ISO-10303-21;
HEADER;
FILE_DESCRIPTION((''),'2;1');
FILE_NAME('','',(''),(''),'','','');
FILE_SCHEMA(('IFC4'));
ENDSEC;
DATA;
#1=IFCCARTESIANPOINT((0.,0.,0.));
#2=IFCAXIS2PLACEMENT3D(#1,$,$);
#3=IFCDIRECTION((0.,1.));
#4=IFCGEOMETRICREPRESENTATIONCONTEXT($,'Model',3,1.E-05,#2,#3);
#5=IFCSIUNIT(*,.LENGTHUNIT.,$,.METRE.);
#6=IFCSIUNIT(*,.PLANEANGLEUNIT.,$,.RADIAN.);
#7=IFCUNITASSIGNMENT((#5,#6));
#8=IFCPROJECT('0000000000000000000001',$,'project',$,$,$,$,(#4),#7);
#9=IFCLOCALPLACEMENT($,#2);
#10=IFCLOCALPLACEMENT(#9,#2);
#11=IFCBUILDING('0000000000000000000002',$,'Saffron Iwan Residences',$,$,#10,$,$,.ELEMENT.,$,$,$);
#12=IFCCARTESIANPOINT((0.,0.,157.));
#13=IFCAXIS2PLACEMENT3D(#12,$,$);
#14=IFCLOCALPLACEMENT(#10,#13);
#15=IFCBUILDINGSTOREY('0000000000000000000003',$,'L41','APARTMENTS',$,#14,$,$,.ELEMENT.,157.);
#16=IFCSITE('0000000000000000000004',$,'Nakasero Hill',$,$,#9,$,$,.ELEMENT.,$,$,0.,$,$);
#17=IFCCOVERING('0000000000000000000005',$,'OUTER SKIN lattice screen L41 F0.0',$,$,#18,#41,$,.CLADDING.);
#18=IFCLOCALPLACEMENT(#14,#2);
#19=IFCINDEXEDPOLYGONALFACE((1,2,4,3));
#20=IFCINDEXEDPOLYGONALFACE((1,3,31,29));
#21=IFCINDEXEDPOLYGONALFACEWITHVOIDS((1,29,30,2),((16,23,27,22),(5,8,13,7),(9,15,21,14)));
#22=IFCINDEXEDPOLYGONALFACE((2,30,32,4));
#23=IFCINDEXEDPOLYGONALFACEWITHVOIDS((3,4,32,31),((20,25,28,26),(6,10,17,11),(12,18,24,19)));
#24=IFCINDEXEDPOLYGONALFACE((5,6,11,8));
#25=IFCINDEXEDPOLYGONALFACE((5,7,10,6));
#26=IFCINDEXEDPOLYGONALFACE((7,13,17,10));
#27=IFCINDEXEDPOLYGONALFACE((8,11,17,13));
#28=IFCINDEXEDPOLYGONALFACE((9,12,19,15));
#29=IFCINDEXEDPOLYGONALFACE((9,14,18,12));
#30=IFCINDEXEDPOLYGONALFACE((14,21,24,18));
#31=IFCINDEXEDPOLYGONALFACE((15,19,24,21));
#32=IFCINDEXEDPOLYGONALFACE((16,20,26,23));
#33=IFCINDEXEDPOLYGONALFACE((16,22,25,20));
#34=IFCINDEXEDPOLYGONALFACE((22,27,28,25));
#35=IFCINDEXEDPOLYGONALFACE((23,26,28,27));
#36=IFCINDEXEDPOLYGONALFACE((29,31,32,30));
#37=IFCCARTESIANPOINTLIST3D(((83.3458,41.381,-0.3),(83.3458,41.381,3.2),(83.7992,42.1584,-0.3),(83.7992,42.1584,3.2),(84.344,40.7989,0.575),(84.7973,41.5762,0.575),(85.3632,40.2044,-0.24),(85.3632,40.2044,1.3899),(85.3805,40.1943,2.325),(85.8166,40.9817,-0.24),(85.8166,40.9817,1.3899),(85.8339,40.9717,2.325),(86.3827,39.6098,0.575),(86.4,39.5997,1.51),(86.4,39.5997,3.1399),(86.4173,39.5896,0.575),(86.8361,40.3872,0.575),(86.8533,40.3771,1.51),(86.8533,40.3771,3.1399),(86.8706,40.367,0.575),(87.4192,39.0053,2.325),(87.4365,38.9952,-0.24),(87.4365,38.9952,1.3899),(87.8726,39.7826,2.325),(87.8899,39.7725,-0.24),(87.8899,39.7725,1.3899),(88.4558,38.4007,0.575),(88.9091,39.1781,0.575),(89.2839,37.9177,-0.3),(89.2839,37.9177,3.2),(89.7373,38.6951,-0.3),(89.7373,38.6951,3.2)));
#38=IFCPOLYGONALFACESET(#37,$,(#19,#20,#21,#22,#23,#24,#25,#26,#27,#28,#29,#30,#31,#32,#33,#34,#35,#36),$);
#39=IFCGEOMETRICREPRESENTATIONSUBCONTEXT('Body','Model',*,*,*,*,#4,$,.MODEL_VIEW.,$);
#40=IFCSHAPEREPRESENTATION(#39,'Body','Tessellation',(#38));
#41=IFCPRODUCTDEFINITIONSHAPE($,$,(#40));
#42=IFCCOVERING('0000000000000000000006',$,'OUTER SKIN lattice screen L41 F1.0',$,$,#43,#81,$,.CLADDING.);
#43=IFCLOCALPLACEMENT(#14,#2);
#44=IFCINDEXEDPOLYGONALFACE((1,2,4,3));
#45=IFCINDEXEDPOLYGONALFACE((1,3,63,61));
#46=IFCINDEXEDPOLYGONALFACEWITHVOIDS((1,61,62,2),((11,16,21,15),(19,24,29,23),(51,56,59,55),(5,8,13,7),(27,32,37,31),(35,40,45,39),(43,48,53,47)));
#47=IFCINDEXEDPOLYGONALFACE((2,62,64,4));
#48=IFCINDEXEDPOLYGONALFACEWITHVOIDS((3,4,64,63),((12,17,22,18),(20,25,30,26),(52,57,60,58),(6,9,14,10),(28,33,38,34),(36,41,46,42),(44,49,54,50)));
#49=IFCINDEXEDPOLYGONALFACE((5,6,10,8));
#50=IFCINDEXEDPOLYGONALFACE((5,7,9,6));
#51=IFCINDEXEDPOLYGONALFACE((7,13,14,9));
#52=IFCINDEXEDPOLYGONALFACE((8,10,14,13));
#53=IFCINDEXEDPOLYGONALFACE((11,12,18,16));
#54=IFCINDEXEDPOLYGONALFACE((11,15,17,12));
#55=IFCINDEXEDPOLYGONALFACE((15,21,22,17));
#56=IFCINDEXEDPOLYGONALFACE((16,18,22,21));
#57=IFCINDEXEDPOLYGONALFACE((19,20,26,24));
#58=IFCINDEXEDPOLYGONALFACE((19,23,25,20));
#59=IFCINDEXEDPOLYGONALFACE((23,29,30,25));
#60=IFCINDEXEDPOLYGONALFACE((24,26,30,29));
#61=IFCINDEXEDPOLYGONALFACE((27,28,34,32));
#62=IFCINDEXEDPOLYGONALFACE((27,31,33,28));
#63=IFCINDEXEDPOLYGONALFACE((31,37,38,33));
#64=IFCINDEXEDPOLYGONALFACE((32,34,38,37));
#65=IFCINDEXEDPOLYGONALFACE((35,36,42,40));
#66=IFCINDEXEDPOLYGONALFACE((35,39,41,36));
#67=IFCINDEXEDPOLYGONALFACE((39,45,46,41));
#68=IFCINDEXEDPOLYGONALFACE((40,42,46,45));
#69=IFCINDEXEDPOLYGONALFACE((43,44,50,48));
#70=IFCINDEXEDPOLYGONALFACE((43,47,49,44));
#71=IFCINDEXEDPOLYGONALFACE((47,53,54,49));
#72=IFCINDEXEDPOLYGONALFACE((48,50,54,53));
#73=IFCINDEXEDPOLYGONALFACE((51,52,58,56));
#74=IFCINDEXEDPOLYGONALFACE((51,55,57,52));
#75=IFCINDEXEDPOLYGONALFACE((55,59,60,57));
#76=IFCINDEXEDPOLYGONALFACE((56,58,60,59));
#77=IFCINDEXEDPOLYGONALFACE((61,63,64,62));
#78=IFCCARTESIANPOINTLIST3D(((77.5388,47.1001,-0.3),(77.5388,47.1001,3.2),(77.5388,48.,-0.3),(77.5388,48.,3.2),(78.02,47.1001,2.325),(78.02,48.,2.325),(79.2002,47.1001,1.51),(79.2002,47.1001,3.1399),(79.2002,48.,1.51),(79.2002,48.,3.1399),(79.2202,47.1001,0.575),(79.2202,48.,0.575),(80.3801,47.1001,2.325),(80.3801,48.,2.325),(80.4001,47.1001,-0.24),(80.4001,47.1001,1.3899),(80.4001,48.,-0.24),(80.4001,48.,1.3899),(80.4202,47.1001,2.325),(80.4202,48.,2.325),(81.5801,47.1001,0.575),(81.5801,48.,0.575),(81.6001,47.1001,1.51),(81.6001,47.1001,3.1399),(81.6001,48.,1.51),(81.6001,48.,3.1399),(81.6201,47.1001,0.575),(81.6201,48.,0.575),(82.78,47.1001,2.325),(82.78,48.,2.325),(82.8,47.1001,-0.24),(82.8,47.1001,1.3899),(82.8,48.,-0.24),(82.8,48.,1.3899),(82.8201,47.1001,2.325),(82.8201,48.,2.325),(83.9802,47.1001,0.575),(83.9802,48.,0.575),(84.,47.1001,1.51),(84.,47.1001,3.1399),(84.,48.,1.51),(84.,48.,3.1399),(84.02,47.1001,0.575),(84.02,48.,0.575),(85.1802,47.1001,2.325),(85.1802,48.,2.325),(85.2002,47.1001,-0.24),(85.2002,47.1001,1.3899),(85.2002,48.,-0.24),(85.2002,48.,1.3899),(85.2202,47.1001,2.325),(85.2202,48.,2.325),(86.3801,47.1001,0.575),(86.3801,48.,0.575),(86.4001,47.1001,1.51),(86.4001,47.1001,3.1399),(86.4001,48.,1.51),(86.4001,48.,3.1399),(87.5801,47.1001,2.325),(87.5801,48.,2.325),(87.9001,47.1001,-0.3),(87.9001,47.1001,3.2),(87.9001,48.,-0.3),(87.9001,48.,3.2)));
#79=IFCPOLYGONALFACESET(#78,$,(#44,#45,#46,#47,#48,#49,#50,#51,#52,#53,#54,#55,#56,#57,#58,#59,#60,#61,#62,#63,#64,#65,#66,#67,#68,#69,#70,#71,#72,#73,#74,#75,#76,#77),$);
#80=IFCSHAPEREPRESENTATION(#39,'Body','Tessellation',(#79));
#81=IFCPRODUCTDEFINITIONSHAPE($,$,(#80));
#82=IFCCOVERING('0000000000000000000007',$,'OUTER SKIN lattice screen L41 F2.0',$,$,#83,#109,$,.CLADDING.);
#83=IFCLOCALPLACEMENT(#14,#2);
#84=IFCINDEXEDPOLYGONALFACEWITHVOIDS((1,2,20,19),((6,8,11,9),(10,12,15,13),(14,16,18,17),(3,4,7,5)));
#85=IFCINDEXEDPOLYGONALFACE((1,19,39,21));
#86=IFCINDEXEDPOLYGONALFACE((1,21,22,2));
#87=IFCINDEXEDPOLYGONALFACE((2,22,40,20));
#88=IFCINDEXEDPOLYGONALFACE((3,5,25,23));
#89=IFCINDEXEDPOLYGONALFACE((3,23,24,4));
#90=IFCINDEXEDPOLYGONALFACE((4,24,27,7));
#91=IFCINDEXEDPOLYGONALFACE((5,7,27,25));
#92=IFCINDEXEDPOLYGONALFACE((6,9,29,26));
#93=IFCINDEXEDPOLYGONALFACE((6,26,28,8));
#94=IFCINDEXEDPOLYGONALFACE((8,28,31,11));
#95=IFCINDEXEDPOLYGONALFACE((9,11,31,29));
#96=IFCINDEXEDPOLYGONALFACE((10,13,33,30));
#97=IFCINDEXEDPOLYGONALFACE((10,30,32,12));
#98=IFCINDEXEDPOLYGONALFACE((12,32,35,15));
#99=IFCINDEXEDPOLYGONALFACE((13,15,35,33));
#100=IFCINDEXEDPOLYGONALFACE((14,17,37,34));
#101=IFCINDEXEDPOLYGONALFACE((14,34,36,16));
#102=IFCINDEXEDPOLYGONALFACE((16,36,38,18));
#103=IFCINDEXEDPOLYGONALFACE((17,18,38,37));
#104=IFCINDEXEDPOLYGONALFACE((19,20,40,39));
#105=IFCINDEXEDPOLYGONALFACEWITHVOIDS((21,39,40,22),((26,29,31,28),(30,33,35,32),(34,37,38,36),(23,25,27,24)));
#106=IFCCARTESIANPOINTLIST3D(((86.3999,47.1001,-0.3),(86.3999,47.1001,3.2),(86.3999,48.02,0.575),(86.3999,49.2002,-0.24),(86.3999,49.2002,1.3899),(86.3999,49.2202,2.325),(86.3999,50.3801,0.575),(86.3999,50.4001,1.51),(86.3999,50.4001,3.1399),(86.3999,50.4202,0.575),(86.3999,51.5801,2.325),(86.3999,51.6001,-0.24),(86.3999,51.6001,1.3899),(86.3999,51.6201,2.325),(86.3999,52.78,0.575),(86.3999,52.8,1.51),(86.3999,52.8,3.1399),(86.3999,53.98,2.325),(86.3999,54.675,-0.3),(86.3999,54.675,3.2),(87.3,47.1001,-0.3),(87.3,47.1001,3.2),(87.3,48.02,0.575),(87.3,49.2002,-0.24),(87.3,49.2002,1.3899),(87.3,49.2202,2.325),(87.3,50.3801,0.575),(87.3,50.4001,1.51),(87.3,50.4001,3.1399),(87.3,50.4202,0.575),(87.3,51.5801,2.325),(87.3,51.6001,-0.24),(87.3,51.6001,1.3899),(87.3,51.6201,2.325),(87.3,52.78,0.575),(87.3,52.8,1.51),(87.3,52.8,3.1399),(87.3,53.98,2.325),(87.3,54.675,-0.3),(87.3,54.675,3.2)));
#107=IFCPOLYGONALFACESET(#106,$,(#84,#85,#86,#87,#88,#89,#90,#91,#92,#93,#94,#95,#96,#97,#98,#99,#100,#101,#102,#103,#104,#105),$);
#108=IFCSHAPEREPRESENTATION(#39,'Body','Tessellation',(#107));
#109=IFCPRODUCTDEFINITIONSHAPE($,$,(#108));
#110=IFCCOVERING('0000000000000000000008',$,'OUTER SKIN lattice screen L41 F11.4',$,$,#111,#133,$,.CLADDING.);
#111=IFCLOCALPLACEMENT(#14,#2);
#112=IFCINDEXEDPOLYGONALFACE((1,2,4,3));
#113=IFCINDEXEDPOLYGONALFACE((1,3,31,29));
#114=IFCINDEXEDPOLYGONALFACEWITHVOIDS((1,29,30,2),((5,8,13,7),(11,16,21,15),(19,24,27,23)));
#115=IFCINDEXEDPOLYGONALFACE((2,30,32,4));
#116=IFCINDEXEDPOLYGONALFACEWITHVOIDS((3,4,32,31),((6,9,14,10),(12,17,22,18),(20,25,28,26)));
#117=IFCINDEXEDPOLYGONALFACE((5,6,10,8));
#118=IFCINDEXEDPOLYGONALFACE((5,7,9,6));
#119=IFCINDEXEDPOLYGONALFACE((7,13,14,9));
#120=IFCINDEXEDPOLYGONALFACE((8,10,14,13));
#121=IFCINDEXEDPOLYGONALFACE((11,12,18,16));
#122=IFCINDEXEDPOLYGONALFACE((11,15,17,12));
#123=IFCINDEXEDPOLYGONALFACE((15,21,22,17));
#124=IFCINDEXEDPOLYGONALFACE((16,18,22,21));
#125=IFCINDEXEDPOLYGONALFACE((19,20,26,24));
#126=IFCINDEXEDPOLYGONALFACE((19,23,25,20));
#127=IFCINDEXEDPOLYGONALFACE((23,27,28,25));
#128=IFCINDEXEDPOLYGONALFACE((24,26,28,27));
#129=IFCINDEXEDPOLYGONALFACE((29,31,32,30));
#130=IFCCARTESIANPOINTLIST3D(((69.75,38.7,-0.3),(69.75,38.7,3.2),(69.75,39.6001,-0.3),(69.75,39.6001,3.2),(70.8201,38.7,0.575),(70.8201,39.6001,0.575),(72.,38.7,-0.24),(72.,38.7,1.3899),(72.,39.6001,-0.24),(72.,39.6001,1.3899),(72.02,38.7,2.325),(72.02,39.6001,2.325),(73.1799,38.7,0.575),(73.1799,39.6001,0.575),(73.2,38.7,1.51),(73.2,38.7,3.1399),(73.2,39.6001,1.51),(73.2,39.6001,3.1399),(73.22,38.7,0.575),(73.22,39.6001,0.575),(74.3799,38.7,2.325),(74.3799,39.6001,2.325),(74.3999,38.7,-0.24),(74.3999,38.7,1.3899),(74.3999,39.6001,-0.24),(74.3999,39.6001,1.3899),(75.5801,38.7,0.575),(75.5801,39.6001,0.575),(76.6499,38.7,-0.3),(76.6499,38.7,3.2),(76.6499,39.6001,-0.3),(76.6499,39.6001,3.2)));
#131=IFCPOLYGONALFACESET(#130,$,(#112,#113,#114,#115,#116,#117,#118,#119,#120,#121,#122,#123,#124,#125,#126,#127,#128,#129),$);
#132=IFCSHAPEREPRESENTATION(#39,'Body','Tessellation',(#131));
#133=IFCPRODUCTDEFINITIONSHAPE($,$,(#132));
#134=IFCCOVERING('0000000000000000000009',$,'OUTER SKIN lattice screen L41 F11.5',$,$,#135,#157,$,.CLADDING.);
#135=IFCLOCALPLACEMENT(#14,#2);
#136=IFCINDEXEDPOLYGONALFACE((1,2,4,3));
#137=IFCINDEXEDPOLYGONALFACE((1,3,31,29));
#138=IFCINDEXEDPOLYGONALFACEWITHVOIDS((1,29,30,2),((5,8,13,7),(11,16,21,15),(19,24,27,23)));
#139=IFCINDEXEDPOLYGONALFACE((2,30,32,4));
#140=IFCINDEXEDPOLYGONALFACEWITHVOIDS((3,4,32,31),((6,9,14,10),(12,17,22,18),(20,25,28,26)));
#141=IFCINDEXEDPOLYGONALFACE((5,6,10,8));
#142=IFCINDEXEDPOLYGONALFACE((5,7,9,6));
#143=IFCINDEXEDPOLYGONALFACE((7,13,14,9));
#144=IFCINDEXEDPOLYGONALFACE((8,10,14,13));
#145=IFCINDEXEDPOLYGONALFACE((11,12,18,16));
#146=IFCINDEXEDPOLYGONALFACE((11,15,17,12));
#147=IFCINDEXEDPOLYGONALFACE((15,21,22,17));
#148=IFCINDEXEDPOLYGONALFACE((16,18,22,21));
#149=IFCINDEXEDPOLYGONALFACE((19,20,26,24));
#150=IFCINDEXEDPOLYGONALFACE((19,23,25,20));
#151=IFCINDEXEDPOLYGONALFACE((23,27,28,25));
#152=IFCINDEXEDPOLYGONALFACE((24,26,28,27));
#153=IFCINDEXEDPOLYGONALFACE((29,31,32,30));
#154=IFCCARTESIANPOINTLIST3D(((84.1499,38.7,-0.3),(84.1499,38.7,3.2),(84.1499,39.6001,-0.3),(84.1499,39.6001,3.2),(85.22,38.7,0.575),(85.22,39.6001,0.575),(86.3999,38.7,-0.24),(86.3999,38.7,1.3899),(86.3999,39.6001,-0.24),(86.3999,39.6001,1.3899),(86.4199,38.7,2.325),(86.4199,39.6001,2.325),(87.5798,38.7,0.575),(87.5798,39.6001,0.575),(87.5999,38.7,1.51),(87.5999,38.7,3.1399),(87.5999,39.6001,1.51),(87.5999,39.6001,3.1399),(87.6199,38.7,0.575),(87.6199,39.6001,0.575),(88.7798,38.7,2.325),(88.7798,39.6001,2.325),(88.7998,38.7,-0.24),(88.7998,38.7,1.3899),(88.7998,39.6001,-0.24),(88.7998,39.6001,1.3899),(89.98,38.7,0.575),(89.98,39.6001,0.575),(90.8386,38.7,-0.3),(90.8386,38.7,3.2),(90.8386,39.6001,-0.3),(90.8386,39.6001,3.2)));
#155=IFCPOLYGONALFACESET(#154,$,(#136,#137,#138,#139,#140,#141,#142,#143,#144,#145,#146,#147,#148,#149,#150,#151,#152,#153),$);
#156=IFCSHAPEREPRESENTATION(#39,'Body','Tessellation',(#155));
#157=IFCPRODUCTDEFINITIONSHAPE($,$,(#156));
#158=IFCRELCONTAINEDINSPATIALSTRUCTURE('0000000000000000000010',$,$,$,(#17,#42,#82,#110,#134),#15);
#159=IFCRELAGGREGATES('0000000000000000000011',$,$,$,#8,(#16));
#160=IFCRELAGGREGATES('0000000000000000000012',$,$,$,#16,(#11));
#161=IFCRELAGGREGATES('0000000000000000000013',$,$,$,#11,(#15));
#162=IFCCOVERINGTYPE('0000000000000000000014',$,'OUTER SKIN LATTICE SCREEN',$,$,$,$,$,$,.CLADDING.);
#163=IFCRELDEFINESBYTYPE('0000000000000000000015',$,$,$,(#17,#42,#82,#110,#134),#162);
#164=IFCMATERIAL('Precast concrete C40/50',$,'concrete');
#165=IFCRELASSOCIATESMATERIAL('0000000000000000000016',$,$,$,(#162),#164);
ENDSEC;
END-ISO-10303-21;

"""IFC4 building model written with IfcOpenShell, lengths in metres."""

from ifc_helpers import new_model, si_unit, direction, frame, origin, place, context, subcontext, project, spatial, polyline, outline, extrude, material, type_object, element, save


model = new_model("IFC4")

# Units and contexts
model_context = context("Model", 3, precision=1e-05, world=origin(), true_north=direction((0.0, 1.0)))
body_context = subcontext(model_context, "Body", "Model", "MODEL_VIEW")
ifc_project = project(units=[si_unit("LENGTHUNIT", "METRE"), si_unit("PLANEANGLEUNIT", "RADIAN")], contexts=[model_context])

# Site, building, storey
site_placement = place(None, origin())
site = spatial("IfcSite", under=ifc_project, at=site_placement, Name="Nakasero Hill", CompositionType="ELEMENT", RefElevation=0.0)
building_placement = place(site_placement, origin())
building = spatial("IfcBuilding", under=site, at=building_placement, Name="Saffron Iwan Residences", CompositionType="ELEMENT")
storey_placement = place(building_placement, frame((0.0, 0.0, 157.0)))
storey = spatial("IfcBuildingStorey", under=building, at=storey_placement, Name="L41", Description="APARTMENTS", CompositionType="ELEMENT", Elevation=157.0)

# Coverings
ifc_material_1 = material(Name="Precast concrete C40/50", Category="concrete")
covering_type = type_object("IfcCoveringType", Name="OUTER SKIN LATTICE SCREEN", PredefinedType="CLADDING", material=ifc_material_1)
covering_1_placement = place(storey_placement, frame((89.2839, 37.9177, -0.3), z_axis=(0.503804, 0.863818, 0.0), x_axis=(-0.863818, 0.503804, 0.0)))
element("IfcCovering", 1, at=covering_1_placement, inside=storey, type_object=covering_type, Name="OUTER SKIN lattice screen L41 F0.0", PredefinedType="CLADDING", context=body_context, shape_type="SweptSolid", body=[
    extrude(outline(polyline([(0.0, 0.0), (6.8743, 0.0), (6.8743, 3.5), (0.0, 3.5), (0.0, 0.0)]), holes=[polyline([(0.9587, 0.875), (2.1387, 0.0601), (3.3186, 0.875), (2.1387, 1.6899), (0.9587, 0.875)]), polyline([(3.3586, 0.875), (4.5388, 0.0601), (5.7188, 0.875), (4.5388, 1.6899), (3.3586, 0.875)]), polyline([(2.1587, 2.625), (3.3386, 1.8101), (4.5188, 2.625), (3.3386, 3.4399), (2.1587, 2.625)])]), origin(), (0.0, 0.0, 1.0), 0.8999),
])
covering_2_placement = place(storey_placement, frame((77.5388, 48.0, -0.3), z_axis=(0.0, -1.0, 0.0), x_axis=(1.0, 0.0, 0.0)))
element("IfcCovering", 2, at=covering_2_placement, inside=storey, type_object=covering_type, Name="OUTER SKIN lattice screen L41 F1.0", PredefinedType="CLADDING", context=body_context, shape_type="SweptSolid", body=[
    extrude(outline(polyline([(0.0, 0.0), (10.3613, 0.0), (10.3613, 3.5), (0.0, 3.5), (0.0, 0.0)]), holes=[polyline([(1.6814, 0.875), (2.8613, 0.0601), (4.0413, 0.875), (2.8613, 1.6899), (1.6814, 0.875)]), polyline([(4.0813, 0.875), (5.2612, 0.0601), (6.4414, 0.875), (5.2612, 1.6899), (4.0813, 0.875)]), polyline([(6.4812, 0.875), (7.6614, 0.0601), (8.8413, 0.875), (7.6614, 1.6899), (6.4812, 0.875)]), polyline([(0.4812, 2.625), (1.6614, 1.8101), (2.8413, 2.625), (1.6614, 3.4399), (0.4812, 2.625)]), polyline([(2.8813, 2.625), (4.0613, 1.8101), (5.2412, 2.625), (4.0613, 3.4399), (2.8813, 2.625)]), polyline([(5.2812, 2.625), (6.4612, 1.8101), (7.6414, 2.625), (6.4612, 3.4399), (5.2812, 2.625)]), polyline([(7.6814, 2.625), (8.8613, 1.8101), (10.0413, 2.625), (8.8613, 3.4399), (7.6814, 2.625)])]), origin(), (0.0, 0.0, 1.0), 0.8999),
])
covering_3_placement = place(storey_placement, frame((86.3999, 47.1001, -0.3), z_axis=(1.0, 0.0, 0.0), x_axis=(0.0, 1.0, 0.0)))
element("IfcCovering", 3, at=covering_3_placement, inside=storey, type_object=covering_type, Name="OUTER SKIN lattice screen L41 F2.0", PredefinedType="CLADDING", context=body_context, shape_type="SweptSolid", body=[
    extrude(outline(polyline([(0.0, 0.0), (7.575, 0.0), (7.575, 3.5), (0.0, 3.5), (0.0, 0.0)]), holes=[polyline([(0.9199, 0.875), (2.1001, 0.0601), (3.28, 0.875), (2.1001, 1.6899), (0.9199, 0.875)]), polyline([(3.3201, 0.875), (4.5, 0.0601), (5.6799, 0.875), (4.5, 1.6899), (3.3201, 0.875)]), polyline([(2.1201, 2.625), (3.3, 1.8101), (4.48, 2.625), (3.3, 3.4399), (2.1201, 2.625)]), polyline([(4.52, 2.625), (5.7, 1.8101), (6.8799, 2.625), (5.7, 3.4399), (4.52, 2.625)])]), origin(), (0.0, 0.0, 1.0), 0.9001),
])
covering_4_placement = place(storey_placement, frame((69.75, 39.6001, -0.3), z_axis=(0.0, -1.0, 0.0), x_axis=(1.0, 0.0, 0.0)))
element("IfcCovering", 4, at=covering_4_placement, inside=storey, type_object=covering_type, Name="OUTER SKIN lattice screen L41 F11.4", PredefinedType="CLADDING", context=body_context, shape_type="SweptSolid", body=[
    extrude(outline(polyline([(0.0, 0.0), (6.8999, 0.0), (6.8999, 3.5), (0.0, 3.5), (0.0, 0.0)]), holes=[polyline([(1.0701, 0.875), (2.25, 0.0601), (3.4299, 0.875), (2.25, 1.6899), (1.0701, 0.875)]), polyline([(3.47, 0.875), (4.6499, 0.0601), (5.8301, 0.875), (4.6499, 1.6899), (3.47, 0.875)]), polyline([(2.27, 2.625), (3.45, 1.8101), (4.6299, 2.625), (3.45, 3.4399), (2.27, 2.625)])]), origin(), (0.0, 0.0, 1.0), 0.9001),
])
covering_5_placement = place(storey_placement, frame((84.1499, 39.6001, -0.3), z_axis=(0.0, -1.0, 0.0), x_axis=(1.0, 0.0, 0.0)))
element("IfcCovering", 5, at=covering_5_placement, inside=storey, type_object=covering_type, Name="OUTER SKIN lattice screen L41 F11.5", PredefinedType="CLADDING", context=body_context, shape_type="SweptSolid", body=[
    extrude(outline(polyline([(0.0, 0.0), (6.6887, 0.0), (6.6887, 3.5), (0.0, 3.5), (0.0, 0.0)]), holes=[polyline([(1.0701, 0.875), (2.25, 0.0601), (3.4299, 0.875), (2.25, 1.6899), (1.0701, 0.875)]), polyline([(3.47, 0.875), (4.6499, 0.0601), (5.8301, 0.875), (4.6499, 1.6899), (3.47, 0.875)]), polyline([(2.27, 2.625), (3.45, 1.8101), (4.6299, 2.625), (3.45, 3.4399), (2.27, 2.625)])]), origin(), (0.0, 0.0, 1.0), 0.9001),
])

save(model, "model.ifc")
